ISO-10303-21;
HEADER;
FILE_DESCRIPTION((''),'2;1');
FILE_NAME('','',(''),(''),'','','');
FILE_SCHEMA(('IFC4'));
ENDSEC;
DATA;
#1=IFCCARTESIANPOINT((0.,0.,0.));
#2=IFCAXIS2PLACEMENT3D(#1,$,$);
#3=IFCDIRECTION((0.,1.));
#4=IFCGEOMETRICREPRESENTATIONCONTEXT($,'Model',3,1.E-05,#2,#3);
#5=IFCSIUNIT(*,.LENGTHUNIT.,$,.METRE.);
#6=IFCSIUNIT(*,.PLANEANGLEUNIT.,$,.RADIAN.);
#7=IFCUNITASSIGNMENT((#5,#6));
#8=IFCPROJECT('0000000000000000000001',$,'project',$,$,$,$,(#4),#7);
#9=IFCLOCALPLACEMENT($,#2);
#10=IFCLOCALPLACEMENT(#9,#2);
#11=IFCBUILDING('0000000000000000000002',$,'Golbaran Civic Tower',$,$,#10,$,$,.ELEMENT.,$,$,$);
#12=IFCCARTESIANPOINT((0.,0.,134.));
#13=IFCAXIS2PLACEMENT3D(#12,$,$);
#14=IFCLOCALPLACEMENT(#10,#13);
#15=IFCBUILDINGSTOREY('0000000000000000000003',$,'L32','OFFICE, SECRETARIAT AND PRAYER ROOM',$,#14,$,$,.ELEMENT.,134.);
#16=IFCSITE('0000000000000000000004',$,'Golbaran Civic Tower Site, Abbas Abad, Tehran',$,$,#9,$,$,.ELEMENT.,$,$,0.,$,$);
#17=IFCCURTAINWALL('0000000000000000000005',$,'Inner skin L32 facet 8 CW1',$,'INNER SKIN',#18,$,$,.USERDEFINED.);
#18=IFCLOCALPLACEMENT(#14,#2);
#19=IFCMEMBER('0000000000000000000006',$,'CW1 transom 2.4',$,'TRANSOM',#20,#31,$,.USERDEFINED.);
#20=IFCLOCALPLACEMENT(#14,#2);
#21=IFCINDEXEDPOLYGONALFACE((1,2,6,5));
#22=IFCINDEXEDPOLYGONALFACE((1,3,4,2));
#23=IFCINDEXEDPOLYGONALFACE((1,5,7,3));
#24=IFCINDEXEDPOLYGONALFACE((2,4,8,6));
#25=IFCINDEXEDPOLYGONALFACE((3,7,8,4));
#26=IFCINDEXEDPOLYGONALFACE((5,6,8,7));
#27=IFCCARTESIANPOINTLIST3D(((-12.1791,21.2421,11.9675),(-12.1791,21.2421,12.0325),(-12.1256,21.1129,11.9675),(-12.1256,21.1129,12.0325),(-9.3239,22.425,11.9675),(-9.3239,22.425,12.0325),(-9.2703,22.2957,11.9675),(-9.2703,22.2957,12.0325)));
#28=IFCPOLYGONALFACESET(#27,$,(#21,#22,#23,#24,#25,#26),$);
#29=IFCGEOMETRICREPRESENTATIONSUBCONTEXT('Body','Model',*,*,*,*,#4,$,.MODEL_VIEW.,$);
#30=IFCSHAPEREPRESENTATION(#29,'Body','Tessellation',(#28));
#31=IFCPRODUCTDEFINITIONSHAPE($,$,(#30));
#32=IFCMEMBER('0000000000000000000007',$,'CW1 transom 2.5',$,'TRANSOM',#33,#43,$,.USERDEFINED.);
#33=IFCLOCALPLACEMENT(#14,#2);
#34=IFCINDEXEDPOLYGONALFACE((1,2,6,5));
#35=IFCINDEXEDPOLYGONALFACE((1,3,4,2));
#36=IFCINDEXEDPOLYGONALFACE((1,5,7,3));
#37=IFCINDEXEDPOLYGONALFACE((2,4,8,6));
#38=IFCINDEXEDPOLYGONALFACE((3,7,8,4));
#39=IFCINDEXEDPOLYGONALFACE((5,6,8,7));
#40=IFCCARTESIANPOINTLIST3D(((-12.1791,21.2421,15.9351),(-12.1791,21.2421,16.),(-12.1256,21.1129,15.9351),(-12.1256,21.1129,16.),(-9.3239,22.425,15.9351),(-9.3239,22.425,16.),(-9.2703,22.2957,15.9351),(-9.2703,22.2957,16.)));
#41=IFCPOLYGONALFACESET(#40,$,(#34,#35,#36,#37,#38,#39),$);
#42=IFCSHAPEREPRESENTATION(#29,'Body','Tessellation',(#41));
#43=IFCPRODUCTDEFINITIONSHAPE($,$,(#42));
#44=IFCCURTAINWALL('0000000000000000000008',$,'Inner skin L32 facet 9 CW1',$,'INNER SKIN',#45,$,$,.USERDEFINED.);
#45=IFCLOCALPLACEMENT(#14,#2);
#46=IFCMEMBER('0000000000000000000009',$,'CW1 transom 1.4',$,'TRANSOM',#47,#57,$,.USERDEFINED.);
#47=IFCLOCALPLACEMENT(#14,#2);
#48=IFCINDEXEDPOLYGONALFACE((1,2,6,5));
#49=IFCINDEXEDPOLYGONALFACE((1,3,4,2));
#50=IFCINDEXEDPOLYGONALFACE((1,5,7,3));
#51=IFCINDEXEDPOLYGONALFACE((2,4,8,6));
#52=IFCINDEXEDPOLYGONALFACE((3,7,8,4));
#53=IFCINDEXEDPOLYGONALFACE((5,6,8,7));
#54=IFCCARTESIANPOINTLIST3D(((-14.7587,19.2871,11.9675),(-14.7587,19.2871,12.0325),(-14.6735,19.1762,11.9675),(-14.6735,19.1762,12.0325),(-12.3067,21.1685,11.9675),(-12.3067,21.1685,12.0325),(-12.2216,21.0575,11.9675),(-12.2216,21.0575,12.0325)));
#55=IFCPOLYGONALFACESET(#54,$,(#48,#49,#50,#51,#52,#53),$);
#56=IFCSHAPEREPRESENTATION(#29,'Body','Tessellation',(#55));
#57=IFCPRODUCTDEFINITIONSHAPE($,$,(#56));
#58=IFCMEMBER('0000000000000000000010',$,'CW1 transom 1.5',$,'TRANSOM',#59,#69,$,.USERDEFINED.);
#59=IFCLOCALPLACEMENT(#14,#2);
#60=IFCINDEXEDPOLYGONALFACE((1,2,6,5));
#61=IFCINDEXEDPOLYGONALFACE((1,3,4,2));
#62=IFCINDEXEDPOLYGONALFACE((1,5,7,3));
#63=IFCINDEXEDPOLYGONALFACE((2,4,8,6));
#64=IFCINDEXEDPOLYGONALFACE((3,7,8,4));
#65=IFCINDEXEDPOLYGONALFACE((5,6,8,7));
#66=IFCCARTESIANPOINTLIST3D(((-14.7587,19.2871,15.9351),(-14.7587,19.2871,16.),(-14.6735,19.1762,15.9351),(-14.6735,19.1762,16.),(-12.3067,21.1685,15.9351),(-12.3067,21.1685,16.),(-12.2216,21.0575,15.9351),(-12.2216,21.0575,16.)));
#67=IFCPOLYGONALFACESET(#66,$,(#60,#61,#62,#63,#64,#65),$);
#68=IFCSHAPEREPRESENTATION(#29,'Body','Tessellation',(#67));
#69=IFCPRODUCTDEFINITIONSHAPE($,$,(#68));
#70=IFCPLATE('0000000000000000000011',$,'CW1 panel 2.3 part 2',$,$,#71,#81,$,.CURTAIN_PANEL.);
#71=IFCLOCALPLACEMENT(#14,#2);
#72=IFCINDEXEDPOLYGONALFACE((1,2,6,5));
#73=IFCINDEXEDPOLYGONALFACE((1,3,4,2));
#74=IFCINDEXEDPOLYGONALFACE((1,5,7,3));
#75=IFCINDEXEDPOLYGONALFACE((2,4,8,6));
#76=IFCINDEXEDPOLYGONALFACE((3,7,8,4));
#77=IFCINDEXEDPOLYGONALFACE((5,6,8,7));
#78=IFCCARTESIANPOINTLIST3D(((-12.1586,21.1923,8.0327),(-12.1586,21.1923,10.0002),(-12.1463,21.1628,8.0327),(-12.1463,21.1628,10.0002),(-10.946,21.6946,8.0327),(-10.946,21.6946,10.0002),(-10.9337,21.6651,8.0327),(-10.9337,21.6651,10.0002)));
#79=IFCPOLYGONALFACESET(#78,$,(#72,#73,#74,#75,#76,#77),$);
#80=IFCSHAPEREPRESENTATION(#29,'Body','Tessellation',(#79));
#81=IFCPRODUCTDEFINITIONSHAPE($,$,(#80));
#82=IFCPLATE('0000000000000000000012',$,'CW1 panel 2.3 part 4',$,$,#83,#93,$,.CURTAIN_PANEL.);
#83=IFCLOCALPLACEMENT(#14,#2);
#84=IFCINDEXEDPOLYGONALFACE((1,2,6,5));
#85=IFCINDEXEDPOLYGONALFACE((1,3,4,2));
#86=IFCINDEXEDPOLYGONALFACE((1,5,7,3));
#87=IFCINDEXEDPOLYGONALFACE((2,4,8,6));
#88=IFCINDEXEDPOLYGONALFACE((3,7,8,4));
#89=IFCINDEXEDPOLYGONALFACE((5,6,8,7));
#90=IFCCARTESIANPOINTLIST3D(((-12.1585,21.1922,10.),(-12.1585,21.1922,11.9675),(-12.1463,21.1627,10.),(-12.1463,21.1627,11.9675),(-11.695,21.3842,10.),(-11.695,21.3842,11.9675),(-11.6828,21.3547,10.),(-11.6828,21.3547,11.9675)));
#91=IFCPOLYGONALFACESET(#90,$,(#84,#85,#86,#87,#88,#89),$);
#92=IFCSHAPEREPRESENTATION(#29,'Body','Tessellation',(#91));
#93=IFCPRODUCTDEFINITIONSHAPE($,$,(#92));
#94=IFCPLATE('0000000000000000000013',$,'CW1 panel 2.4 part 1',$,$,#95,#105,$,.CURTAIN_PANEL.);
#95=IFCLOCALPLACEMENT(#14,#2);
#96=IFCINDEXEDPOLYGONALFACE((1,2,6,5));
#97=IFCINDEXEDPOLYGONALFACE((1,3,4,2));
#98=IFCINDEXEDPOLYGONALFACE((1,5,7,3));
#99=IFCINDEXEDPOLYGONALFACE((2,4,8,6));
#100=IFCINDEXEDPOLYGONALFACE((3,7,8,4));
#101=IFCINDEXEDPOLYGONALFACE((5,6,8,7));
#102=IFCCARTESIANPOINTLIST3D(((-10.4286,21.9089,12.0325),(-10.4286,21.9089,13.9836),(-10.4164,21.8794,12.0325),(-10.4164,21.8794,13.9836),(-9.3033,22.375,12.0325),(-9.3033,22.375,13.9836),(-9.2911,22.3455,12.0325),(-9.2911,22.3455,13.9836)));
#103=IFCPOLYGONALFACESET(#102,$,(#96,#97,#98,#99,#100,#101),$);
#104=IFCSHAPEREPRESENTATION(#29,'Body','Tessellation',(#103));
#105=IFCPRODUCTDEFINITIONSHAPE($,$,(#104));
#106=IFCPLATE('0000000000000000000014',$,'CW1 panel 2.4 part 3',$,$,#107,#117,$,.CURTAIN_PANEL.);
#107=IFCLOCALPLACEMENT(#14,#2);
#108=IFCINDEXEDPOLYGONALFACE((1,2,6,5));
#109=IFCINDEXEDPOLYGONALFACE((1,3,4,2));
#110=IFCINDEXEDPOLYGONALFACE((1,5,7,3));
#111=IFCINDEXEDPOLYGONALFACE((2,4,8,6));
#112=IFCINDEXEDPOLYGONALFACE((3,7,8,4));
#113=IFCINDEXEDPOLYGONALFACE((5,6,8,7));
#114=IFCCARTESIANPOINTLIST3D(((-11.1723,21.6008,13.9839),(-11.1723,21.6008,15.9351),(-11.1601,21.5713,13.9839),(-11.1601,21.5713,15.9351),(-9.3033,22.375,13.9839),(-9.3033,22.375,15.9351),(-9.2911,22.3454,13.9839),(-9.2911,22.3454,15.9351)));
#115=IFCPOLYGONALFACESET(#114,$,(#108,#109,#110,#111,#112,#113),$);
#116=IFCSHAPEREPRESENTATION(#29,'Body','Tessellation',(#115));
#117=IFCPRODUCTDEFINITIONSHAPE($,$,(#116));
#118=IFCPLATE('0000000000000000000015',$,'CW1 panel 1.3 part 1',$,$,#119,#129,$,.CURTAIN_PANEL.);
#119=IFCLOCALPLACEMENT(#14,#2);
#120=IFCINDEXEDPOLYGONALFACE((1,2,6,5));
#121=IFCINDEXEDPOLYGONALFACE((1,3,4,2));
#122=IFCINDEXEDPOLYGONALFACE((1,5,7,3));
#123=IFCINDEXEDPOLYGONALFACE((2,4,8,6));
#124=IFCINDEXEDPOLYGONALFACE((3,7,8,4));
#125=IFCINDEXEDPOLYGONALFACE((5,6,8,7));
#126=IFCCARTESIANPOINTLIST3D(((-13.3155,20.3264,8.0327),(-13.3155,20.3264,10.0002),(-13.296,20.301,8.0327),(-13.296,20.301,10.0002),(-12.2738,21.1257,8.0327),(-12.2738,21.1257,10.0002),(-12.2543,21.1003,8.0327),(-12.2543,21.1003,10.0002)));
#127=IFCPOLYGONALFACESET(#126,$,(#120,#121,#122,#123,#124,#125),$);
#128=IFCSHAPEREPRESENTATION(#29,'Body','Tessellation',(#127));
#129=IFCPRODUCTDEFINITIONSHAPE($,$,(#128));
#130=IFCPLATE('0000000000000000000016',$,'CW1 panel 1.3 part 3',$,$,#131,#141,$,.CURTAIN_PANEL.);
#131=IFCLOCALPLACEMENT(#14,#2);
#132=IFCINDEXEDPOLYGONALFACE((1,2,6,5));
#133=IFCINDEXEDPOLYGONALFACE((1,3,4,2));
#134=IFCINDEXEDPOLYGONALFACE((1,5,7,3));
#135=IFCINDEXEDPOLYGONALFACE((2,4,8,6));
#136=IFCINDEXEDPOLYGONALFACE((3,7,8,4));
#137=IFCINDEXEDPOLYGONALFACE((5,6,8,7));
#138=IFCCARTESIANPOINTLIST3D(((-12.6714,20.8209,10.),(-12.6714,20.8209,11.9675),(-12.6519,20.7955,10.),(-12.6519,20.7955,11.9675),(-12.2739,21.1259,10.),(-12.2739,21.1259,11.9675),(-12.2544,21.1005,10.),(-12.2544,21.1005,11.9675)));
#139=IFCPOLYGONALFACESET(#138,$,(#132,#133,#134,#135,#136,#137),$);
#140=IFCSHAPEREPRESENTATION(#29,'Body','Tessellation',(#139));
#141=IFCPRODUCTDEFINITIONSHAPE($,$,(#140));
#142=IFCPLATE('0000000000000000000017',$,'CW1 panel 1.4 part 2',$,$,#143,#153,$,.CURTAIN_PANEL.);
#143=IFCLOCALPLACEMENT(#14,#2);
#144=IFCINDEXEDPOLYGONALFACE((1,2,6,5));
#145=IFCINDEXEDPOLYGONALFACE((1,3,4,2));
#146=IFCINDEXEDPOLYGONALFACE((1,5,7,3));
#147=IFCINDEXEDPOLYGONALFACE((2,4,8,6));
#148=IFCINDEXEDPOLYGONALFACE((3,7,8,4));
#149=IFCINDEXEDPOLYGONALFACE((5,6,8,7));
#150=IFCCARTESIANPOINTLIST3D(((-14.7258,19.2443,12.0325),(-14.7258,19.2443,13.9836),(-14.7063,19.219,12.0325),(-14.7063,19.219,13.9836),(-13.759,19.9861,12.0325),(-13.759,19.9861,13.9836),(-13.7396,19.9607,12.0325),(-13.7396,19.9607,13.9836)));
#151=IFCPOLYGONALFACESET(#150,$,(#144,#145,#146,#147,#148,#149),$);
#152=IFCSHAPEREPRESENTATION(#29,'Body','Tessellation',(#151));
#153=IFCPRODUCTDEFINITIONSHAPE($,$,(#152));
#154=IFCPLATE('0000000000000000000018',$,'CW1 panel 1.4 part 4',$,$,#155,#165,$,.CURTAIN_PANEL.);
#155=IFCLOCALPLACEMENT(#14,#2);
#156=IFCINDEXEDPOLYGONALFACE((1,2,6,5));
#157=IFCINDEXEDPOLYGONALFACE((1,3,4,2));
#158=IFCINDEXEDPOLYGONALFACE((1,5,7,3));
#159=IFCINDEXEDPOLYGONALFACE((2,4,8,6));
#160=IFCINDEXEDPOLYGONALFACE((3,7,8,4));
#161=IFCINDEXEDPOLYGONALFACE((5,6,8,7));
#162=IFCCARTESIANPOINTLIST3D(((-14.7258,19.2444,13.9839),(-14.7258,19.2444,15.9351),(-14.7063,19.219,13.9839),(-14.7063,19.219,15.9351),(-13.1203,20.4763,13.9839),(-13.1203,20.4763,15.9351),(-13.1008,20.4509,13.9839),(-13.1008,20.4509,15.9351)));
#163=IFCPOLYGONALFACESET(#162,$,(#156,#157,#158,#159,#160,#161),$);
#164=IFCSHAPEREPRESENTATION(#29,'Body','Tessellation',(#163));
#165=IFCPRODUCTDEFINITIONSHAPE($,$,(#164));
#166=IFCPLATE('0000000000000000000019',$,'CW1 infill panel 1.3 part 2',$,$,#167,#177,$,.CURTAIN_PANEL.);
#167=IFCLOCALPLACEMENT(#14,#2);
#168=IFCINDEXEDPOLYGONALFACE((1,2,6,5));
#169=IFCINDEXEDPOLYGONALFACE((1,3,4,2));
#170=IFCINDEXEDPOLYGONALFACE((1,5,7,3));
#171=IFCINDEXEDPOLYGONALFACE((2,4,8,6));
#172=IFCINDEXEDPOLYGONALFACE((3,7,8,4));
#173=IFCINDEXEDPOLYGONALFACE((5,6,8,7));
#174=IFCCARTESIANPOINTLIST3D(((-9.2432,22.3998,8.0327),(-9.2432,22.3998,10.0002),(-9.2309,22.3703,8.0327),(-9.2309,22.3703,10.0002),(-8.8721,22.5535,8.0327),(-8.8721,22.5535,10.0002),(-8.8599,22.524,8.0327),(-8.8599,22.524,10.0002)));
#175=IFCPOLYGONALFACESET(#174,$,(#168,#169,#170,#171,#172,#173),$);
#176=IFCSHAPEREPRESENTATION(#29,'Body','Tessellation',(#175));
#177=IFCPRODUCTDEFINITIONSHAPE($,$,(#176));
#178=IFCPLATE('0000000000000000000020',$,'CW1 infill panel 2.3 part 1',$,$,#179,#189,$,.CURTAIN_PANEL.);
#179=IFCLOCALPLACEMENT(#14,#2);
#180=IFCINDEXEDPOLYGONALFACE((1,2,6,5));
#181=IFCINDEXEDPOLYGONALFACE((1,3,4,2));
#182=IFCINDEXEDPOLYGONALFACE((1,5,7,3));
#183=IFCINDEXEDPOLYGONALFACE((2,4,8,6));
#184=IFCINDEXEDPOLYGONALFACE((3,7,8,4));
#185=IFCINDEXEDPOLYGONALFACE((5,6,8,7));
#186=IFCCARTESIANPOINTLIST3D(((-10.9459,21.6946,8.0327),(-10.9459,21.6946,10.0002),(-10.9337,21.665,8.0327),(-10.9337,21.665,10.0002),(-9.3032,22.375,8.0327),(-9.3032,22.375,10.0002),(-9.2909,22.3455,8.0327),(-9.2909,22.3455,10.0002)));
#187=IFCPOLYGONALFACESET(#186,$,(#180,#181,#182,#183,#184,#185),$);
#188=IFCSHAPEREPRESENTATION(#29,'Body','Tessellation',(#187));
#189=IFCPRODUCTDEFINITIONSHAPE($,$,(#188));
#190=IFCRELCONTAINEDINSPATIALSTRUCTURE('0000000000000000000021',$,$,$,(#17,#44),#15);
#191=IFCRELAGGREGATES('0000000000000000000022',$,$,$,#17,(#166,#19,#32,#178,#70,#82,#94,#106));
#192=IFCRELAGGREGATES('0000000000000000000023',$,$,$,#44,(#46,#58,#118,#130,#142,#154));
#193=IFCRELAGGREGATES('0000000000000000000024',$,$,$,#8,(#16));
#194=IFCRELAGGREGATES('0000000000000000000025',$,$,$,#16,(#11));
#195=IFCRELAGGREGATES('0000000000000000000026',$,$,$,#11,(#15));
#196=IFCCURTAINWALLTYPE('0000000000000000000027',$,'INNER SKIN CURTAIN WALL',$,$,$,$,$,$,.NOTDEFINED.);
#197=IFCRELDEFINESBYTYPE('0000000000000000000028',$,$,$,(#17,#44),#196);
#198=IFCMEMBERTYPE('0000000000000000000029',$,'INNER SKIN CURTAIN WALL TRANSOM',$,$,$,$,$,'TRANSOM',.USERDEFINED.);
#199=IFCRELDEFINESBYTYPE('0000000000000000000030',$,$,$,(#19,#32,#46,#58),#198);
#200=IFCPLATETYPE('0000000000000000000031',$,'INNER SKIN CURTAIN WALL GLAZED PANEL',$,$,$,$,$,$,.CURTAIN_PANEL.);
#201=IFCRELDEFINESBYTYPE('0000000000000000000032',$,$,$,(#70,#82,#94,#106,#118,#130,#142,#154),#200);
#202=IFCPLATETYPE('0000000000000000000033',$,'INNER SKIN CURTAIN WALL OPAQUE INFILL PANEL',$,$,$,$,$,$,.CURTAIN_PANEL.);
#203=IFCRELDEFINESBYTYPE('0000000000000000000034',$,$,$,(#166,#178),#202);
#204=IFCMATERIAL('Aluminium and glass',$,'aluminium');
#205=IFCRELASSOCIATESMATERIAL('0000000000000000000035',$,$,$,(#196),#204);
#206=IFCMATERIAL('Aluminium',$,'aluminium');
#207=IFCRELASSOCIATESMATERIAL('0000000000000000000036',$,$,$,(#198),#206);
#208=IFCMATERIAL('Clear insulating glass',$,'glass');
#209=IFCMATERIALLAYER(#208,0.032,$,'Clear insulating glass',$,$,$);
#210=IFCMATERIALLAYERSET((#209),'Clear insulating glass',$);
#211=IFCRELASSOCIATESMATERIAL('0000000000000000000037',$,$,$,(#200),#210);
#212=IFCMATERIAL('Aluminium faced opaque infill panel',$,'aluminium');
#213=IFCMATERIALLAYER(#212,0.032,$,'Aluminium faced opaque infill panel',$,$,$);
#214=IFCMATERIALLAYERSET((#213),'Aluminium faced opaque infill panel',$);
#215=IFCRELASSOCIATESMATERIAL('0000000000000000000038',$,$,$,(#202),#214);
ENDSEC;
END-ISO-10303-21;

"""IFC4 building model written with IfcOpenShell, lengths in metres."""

from ifc_helpers import new_model, si_unit, direction, frame, origin, origin_2d, place, context, subcontext, project, spatial, rectangle, extrude, material, layer, layer_set, material_profile, profile_set, type_object, element, aggregate, save


model = new_model("IFC4")

# Units and contexts
model_context = context("Model", 3, precision=1e-05, world=origin(), true_north=direction((0.0, 1.0)))
body_context = subcontext(model_context, "Body", "Model", "MODEL_VIEW")
ifc_project = project(units=[si_unit("LENGTHUNIT", "METRE"), si_unit("PLANEANGLEUNIT", "RADIAN")], contexts=[model_context])

# Site, building, storey
site_placement = place(None, origin())
site = spatial("IfcSite", under=ifc_project, at=site_placement, Name="Golbaran Civic Tower Site, Abbas Abad, Tehran", CompositionType="ELEMENT", RefElevation=0.0)
building_placement = place(site_placement, origin())
building = spatial("IfcBuilding", under=site, at=building_placement, Name="Golbaran Civic Tower", CompositionType="ELEMENT")
storey_placement = place(building_placement, frame((0.0, 0.0, 134.0)))
storey = spatial("IfcBuildingStorey", under=building, at=storey_placement, Name="L32", Description="OFFICE, SECRETARIAT AND PRAYER ROOM", CompositionType="ELEMENT", Elevation=134.0)

# Curtain walls, members
ifc_material_1 = material(Name="Aluminium and glass", Category="aluminium")
curtain_wall_type = type_object("IfcCurtainWallType", Name="INNER SKIN CURTAIN WALL", PredefinedType="NOTDEFINED", material=ifc_material_1)
curtain_wall_1_placement = place(storey_placement, origin())
curtain_wall_1 = element("IfcCurtainWall", 1, at=curtain_wall_1_placement, inside=storey, type_object=curtain_wall_type, Name="Inner skin L32 facet 8 CW1", ObjectType="INNER SKIN", PredefinedType="USERDEFINED")
ifc_material_2 = material(Name="Aluminium", Category="aluminium")
ifc_material_profile = material_profile(ifc_material_2, rectangle(XDim=0.1399, YDim=0.0649, at=origin_2d()), Name="INNER SKIN CURTAIN WALL TRANSOM")
ifc_profile_set = profile_set([ifc_material_profile], Name="Aluminium")
member_type = type_object("IfcMemberType", Name="INNER SKIN CURTAIN WALL TRANSOM", ElementType="TRANSOM", PredefinedType="USERDEFINED", material=ifc_profile_set)
member_1_placement = place(storey_placement, frame((-9.2971, 22.3604, 12.0), z_axis=(-0.923858, -0.382736, 0.0), x_axis=(0.382736, -0.923858, 0.0)))
member_1 = element("IfcMember", 2, at=member_1_placement, type_object=member_type, Name="CW1 transom 2.4", ObjectType="TRANSOM", PredefinedType="USERDEFINED", context=body_context, shape_type="SweptSolid", body=[
    extrude(rectangle(XDim=0.1399, YDim=0.0649, at=origin_2d()), origin(), (0.0, 0.0, 1.0), 3.0906),
])
member_2_placement = place(storey_placement, frame((-9.2971, 22.3604, 15.9675), z_axis=(-0.923858, -0.382736, 0.0), x_axis=(0.382736, -0.923858, 0.0)))
member_2 = element("IfcMember", 3, at=member_2_placement, type_object=member_type, Name="CW1 transom 2.5", ObjectType="TRANSOM", PredefinedType="USERDEFINED", context=body_context, shape_type="SweptSolid", body=[
    extrude(rectangle(XDim=0.1399, YDim=0.0649, at=origin_2d()), origin(), (0.0, 0.0, 1.0), 3.0906),
])
curtain_wall_2_placement = place(storey_placement, origin())
curtain_wall_2 = element("IfcCurtainWall", 4, at=curtain_wall_2_placement, inside=storey, type_object=curtain_wall_type, Name="Inner skin L32 facet 9 CW1", ObjectType="INNER SKIN", PredefinedType="USERDEFINED")
member_3_placement = place(storey_placement, frame((-12.2642, 21.113, 12.0), z_axis=(-0.793363, -0.608748, 0.0), x_axis=(0.608748, -0.793363, 0.0)))
member_3 = element("IfcMember", 5, at=member_3_placement, type_object=member_type, Name="CW1 transom 1.4", ObjectType="TRANSOM", PredefinedType="USERDEFINED", context=body_context, shape_type="SweptSolid", body=[
    extrude(rectangle(XDim=0.1399, YDim=0.0649, at=origin_2d()), origin(), (0.0, 0.0, 1.0), 3.0906),
])
member_4_placement = place(storey_placement, frame((-12.2642, 21.113, 15.9675), z_axis=(-0.793363, -0.608748, 0.0), x_axis=(0.608748, -0.793363, 0.0)))
member_4 = element("IfcMember", 6, at=member_4_placement, type_object=member_type, Name="CW1 transom 1.5", ObjectType="TRANSOM", PredefinedType="USERDEFINED", context=body_context, shape_type="SweptSolid", body=[
    extrude(rectangle(XDim=0.1399, YDim=0.0649, at=origin_2d()), origin(), (0.0, 0.0, 1.0), 3.0906),
])

# Plates
ifc_material_3 = material(Name="Clear insulating glass", Category="glass")
ifc_layer_1 = layer(ifc_material_3, 0.032, Name="Clear insulating glass")
ifc_layer_set_1 = layer_set([ifc_layer_1], Name="Clear insulating glass")
plate_type_1 = type_object("IfcPlateType", Name="INNER SKIN CURTAIN WALL GLAZED PANEL", PredefinedType="CURTAIN_PANEL", material=ifc_layer_set_1)
plate_1_placement = place(storey_placement, frame((-11.5461, 21.4287, 8.0327), z_axis=(0.0, 0.0, 1.0), x_axis=(-0.92388, -0.382683, 0.0)))
plate_1 = element("IfcPlate", 7, at=plate_1_placement, type_object=plate_type_1, Name="CW1 panel 2.3 part 2", PredefinedType="CURTAIN_PANEL", context=body_context, shape_type="SweptSolid", body=[
    extrude(rectangle(XDim=1.3125, YDim=0.032, at=origin_2d()), origin(), (0.0, 0.0, 1.0), 1.9675),
])
plate_2_placement = place(storey_placement, frame((-11.9207, 21.2734, 10.0), z_axis=(0.0, 0.0, 1.0), x_axis=(-0.92388, -0.382683, 0.0)))
plate_2 = element("IfcPlate", 8, at=plate_2_placement, type_object=plate_type_1, Name="CW1 panel 2.3 part 4", PredefinedType="CURTAIN_PANEL", context=body_context, shape_type="SweptSolid", body=[
    extrude(rectangle(XDim=0.5017, YDim=0.032, at=origin_2d()), origin(), (0.0, 0.0, 1.0), 1.9675),
])
plate_3_placement = place(storey_placement, frame((-9.8599, 22.1272, 12.0325), z_axis=(0.0, 0.0, 1.0), x_axis=(-0.92388, -0.382683, 0.0)))
plate_3 = element("IfcPlate", 9, at=plate_3_placement, type_object=plate_type_1, Name="CW1 panel 2.4 part 1", PredefinedType="CURTAIN_PANEL", context=body_context, shape_type="SweptSolid", body=[
    extrude(rectangle(XDim=1.218, YDim=0.032, at=origin_2d()), origin(), (0.0, 0.0, 1.0), 1.9512),
])
plate_4_placement = place(storey_placement, frame((-10.2317, 21.9731, 13.9839), z_axis=(0.0, 0.0, 1.0), x_axis=(-0.92388, -0.382683, 0.0)))
plate_4 = element("IfcPlate", 10, at=plate_4_placement, type_object=plate_type_1, Name="CW1 panel 2.4 part 3", PredefinedType="CURTAIN_PANEL", context=body_context, shape_type="SweptSolid", body=[
    extrude(rectangle(XDim=2.0229, YDim=0.032, at=origin_2d()), origin(), (0.0, 0.0, 1.0), 1.9512),
])
plate_5_placement = place(storey_placement, frame((-12.7849, 20.7134, 8.0327), z_axis=(0.0, 0.0, 1.0), x_axis=(-0.793353, -0.608761, 0.0)))
plate_5 = element("IfcPlate", 11, at=plate_5_placement, type_object=plate_type_1, Name="CW1 panel 1.3 part 1", PredefinedType="CURTAIN_PANEL", context=body_context, shape_type="SweptSolid", body=[
    extrude(rectangle(XDim=1.313, YDim=0.032, at=origin_2d()), origin(), (0.0, 0.0, 1.0), 1.9675),
])
plate_6_placement = place(storey_placement, frame((-12.4629, 20.9607, 10.0), z_axis=(0.0, 0.0, 1.0), x_axis=(-0.793353, -0.608761, 0.0)))
plate_6 = element("IfcPlate", 12, at=plate_6_placement, type_object=plate_type_1, Name="CW1 panel 1.3 part 3", PredefinedType="CURTAIN_PANEL", context=body_context, shape_type="SweptSolid", body=[
    extrude(rectangle(XDim=0.501, YDim=0.032, at=origin_2d()), origin(), (0.0, 0.0, 1.0), 1.9675),
])
plate_7_placement = place(storey_placement, frame((-14.2327, 19.6025, 12.0325), z_axis=(0.0, 0.0, 1.0), x_axis=(-0.793353, -0.608761, 0.0)))
plate_7 = element("IfcPlate", 13, at=plate_7_placement, type_object=plate_type_1, Name="CW1 panel 1.4 part 2", PredefinedType="CURTAIN_PANEL", context=body_context, shape_type="SweptSolid", body=[
    extrude(rectangle(XDim=1.2185, YDim=0.032, at=origin_2d()), origin(), (0.0, 0.0, 1.0), 1.9512),
])
plate_8_placement = place(storey_placement, frame((-13.9133, 19.8477, 13.9839), z_axis=(0.0, 0.0, 1.0), x_axis=(-0.793353, -0.608761, 0.0)))
plate_8 = element("IfcPlate", 14, at=plate_8_placement, type_object=plate_type_1, Name="CW1 panel 1.4 part 4", PredefinedType="CURTAIN_PANEL", context=body_context, shape_type="SweptSolid", body=[
    extrude(rectangle(XDim=2.0237, YDim=0.032, at=origin_2d()), origin(), (0.0, 0.0, 1.0), 1.9512),
])
ifc_material_4 = material(Name="Aluminium faced opaque infill panel", Category="aluminium")
ifc_layer_2 = layer(ifc_material_4, 0.032, Name="Aluminium faced opaque infill panel")
ifc_layer_set_2 = layer_set([ifc_layer_2], Name="Aluminium faced opaque infill panel")
plate_type_2 = type_object("IfcPlateType", Name="INNER SKIN CURTAIN WALL OPAQUE INFILL PANEL", PredefinedType="CURTAIN_PANEL", material=ifc_layer_set_2)
plate_9_placement = place(storey_placement, frame((-9.0515, 22.4619, 8.0327), z_axis=(0.0, 0.0, 1.0), x_axis=(-0.92388, -0.382683, 0.0)))
plate_9 = element("IfcPlate", 15, at=plate_9_placement, type_object=plate_type_2, Name="CW1 infill panel 1.3 part 2", PredefinedType="CURTAIN_PANEL", context=body_context, shape_type="SweptSolid", body=[
    extrude(rectangle(XDim=0.4016, YDim=0.032, at=origin_2d()), origin(), (0.0, 0.0, 1.0), 1.9675),
])
plate_10_placement = place(storey_placement, frame((-10.1184, 22.02, 8.0327), z_axis=(0.0, 0.0, 1.0), x_axis=(-0.92388, -0.382683, 0.0)))
plate_10 = element("IfcPlate", 16, at=plate_10_placement, type_object=plate_type_2, Name="CW1 infill panel 2.3 part 1", PredefinedType="CURTAIN_PANEL", context=body_context, shape_type="SweptSolid", body=[
    extrude(rectangle(XDim=1.7781, YDim=0.032, at=origin_2d()), origin(), (0.0, 0.0, 1.0), 1.9675),
])
aggregate(curtain_wall_1, [plate_9, member_1, member_2, plate_10, plate_1, plate_2, plate_3, plate_4])
aggregate(curtain_wall_2, [member_3, member_4, plate_5, plate_6, plate_7, plate_8])

save(model, "model.ifc")
